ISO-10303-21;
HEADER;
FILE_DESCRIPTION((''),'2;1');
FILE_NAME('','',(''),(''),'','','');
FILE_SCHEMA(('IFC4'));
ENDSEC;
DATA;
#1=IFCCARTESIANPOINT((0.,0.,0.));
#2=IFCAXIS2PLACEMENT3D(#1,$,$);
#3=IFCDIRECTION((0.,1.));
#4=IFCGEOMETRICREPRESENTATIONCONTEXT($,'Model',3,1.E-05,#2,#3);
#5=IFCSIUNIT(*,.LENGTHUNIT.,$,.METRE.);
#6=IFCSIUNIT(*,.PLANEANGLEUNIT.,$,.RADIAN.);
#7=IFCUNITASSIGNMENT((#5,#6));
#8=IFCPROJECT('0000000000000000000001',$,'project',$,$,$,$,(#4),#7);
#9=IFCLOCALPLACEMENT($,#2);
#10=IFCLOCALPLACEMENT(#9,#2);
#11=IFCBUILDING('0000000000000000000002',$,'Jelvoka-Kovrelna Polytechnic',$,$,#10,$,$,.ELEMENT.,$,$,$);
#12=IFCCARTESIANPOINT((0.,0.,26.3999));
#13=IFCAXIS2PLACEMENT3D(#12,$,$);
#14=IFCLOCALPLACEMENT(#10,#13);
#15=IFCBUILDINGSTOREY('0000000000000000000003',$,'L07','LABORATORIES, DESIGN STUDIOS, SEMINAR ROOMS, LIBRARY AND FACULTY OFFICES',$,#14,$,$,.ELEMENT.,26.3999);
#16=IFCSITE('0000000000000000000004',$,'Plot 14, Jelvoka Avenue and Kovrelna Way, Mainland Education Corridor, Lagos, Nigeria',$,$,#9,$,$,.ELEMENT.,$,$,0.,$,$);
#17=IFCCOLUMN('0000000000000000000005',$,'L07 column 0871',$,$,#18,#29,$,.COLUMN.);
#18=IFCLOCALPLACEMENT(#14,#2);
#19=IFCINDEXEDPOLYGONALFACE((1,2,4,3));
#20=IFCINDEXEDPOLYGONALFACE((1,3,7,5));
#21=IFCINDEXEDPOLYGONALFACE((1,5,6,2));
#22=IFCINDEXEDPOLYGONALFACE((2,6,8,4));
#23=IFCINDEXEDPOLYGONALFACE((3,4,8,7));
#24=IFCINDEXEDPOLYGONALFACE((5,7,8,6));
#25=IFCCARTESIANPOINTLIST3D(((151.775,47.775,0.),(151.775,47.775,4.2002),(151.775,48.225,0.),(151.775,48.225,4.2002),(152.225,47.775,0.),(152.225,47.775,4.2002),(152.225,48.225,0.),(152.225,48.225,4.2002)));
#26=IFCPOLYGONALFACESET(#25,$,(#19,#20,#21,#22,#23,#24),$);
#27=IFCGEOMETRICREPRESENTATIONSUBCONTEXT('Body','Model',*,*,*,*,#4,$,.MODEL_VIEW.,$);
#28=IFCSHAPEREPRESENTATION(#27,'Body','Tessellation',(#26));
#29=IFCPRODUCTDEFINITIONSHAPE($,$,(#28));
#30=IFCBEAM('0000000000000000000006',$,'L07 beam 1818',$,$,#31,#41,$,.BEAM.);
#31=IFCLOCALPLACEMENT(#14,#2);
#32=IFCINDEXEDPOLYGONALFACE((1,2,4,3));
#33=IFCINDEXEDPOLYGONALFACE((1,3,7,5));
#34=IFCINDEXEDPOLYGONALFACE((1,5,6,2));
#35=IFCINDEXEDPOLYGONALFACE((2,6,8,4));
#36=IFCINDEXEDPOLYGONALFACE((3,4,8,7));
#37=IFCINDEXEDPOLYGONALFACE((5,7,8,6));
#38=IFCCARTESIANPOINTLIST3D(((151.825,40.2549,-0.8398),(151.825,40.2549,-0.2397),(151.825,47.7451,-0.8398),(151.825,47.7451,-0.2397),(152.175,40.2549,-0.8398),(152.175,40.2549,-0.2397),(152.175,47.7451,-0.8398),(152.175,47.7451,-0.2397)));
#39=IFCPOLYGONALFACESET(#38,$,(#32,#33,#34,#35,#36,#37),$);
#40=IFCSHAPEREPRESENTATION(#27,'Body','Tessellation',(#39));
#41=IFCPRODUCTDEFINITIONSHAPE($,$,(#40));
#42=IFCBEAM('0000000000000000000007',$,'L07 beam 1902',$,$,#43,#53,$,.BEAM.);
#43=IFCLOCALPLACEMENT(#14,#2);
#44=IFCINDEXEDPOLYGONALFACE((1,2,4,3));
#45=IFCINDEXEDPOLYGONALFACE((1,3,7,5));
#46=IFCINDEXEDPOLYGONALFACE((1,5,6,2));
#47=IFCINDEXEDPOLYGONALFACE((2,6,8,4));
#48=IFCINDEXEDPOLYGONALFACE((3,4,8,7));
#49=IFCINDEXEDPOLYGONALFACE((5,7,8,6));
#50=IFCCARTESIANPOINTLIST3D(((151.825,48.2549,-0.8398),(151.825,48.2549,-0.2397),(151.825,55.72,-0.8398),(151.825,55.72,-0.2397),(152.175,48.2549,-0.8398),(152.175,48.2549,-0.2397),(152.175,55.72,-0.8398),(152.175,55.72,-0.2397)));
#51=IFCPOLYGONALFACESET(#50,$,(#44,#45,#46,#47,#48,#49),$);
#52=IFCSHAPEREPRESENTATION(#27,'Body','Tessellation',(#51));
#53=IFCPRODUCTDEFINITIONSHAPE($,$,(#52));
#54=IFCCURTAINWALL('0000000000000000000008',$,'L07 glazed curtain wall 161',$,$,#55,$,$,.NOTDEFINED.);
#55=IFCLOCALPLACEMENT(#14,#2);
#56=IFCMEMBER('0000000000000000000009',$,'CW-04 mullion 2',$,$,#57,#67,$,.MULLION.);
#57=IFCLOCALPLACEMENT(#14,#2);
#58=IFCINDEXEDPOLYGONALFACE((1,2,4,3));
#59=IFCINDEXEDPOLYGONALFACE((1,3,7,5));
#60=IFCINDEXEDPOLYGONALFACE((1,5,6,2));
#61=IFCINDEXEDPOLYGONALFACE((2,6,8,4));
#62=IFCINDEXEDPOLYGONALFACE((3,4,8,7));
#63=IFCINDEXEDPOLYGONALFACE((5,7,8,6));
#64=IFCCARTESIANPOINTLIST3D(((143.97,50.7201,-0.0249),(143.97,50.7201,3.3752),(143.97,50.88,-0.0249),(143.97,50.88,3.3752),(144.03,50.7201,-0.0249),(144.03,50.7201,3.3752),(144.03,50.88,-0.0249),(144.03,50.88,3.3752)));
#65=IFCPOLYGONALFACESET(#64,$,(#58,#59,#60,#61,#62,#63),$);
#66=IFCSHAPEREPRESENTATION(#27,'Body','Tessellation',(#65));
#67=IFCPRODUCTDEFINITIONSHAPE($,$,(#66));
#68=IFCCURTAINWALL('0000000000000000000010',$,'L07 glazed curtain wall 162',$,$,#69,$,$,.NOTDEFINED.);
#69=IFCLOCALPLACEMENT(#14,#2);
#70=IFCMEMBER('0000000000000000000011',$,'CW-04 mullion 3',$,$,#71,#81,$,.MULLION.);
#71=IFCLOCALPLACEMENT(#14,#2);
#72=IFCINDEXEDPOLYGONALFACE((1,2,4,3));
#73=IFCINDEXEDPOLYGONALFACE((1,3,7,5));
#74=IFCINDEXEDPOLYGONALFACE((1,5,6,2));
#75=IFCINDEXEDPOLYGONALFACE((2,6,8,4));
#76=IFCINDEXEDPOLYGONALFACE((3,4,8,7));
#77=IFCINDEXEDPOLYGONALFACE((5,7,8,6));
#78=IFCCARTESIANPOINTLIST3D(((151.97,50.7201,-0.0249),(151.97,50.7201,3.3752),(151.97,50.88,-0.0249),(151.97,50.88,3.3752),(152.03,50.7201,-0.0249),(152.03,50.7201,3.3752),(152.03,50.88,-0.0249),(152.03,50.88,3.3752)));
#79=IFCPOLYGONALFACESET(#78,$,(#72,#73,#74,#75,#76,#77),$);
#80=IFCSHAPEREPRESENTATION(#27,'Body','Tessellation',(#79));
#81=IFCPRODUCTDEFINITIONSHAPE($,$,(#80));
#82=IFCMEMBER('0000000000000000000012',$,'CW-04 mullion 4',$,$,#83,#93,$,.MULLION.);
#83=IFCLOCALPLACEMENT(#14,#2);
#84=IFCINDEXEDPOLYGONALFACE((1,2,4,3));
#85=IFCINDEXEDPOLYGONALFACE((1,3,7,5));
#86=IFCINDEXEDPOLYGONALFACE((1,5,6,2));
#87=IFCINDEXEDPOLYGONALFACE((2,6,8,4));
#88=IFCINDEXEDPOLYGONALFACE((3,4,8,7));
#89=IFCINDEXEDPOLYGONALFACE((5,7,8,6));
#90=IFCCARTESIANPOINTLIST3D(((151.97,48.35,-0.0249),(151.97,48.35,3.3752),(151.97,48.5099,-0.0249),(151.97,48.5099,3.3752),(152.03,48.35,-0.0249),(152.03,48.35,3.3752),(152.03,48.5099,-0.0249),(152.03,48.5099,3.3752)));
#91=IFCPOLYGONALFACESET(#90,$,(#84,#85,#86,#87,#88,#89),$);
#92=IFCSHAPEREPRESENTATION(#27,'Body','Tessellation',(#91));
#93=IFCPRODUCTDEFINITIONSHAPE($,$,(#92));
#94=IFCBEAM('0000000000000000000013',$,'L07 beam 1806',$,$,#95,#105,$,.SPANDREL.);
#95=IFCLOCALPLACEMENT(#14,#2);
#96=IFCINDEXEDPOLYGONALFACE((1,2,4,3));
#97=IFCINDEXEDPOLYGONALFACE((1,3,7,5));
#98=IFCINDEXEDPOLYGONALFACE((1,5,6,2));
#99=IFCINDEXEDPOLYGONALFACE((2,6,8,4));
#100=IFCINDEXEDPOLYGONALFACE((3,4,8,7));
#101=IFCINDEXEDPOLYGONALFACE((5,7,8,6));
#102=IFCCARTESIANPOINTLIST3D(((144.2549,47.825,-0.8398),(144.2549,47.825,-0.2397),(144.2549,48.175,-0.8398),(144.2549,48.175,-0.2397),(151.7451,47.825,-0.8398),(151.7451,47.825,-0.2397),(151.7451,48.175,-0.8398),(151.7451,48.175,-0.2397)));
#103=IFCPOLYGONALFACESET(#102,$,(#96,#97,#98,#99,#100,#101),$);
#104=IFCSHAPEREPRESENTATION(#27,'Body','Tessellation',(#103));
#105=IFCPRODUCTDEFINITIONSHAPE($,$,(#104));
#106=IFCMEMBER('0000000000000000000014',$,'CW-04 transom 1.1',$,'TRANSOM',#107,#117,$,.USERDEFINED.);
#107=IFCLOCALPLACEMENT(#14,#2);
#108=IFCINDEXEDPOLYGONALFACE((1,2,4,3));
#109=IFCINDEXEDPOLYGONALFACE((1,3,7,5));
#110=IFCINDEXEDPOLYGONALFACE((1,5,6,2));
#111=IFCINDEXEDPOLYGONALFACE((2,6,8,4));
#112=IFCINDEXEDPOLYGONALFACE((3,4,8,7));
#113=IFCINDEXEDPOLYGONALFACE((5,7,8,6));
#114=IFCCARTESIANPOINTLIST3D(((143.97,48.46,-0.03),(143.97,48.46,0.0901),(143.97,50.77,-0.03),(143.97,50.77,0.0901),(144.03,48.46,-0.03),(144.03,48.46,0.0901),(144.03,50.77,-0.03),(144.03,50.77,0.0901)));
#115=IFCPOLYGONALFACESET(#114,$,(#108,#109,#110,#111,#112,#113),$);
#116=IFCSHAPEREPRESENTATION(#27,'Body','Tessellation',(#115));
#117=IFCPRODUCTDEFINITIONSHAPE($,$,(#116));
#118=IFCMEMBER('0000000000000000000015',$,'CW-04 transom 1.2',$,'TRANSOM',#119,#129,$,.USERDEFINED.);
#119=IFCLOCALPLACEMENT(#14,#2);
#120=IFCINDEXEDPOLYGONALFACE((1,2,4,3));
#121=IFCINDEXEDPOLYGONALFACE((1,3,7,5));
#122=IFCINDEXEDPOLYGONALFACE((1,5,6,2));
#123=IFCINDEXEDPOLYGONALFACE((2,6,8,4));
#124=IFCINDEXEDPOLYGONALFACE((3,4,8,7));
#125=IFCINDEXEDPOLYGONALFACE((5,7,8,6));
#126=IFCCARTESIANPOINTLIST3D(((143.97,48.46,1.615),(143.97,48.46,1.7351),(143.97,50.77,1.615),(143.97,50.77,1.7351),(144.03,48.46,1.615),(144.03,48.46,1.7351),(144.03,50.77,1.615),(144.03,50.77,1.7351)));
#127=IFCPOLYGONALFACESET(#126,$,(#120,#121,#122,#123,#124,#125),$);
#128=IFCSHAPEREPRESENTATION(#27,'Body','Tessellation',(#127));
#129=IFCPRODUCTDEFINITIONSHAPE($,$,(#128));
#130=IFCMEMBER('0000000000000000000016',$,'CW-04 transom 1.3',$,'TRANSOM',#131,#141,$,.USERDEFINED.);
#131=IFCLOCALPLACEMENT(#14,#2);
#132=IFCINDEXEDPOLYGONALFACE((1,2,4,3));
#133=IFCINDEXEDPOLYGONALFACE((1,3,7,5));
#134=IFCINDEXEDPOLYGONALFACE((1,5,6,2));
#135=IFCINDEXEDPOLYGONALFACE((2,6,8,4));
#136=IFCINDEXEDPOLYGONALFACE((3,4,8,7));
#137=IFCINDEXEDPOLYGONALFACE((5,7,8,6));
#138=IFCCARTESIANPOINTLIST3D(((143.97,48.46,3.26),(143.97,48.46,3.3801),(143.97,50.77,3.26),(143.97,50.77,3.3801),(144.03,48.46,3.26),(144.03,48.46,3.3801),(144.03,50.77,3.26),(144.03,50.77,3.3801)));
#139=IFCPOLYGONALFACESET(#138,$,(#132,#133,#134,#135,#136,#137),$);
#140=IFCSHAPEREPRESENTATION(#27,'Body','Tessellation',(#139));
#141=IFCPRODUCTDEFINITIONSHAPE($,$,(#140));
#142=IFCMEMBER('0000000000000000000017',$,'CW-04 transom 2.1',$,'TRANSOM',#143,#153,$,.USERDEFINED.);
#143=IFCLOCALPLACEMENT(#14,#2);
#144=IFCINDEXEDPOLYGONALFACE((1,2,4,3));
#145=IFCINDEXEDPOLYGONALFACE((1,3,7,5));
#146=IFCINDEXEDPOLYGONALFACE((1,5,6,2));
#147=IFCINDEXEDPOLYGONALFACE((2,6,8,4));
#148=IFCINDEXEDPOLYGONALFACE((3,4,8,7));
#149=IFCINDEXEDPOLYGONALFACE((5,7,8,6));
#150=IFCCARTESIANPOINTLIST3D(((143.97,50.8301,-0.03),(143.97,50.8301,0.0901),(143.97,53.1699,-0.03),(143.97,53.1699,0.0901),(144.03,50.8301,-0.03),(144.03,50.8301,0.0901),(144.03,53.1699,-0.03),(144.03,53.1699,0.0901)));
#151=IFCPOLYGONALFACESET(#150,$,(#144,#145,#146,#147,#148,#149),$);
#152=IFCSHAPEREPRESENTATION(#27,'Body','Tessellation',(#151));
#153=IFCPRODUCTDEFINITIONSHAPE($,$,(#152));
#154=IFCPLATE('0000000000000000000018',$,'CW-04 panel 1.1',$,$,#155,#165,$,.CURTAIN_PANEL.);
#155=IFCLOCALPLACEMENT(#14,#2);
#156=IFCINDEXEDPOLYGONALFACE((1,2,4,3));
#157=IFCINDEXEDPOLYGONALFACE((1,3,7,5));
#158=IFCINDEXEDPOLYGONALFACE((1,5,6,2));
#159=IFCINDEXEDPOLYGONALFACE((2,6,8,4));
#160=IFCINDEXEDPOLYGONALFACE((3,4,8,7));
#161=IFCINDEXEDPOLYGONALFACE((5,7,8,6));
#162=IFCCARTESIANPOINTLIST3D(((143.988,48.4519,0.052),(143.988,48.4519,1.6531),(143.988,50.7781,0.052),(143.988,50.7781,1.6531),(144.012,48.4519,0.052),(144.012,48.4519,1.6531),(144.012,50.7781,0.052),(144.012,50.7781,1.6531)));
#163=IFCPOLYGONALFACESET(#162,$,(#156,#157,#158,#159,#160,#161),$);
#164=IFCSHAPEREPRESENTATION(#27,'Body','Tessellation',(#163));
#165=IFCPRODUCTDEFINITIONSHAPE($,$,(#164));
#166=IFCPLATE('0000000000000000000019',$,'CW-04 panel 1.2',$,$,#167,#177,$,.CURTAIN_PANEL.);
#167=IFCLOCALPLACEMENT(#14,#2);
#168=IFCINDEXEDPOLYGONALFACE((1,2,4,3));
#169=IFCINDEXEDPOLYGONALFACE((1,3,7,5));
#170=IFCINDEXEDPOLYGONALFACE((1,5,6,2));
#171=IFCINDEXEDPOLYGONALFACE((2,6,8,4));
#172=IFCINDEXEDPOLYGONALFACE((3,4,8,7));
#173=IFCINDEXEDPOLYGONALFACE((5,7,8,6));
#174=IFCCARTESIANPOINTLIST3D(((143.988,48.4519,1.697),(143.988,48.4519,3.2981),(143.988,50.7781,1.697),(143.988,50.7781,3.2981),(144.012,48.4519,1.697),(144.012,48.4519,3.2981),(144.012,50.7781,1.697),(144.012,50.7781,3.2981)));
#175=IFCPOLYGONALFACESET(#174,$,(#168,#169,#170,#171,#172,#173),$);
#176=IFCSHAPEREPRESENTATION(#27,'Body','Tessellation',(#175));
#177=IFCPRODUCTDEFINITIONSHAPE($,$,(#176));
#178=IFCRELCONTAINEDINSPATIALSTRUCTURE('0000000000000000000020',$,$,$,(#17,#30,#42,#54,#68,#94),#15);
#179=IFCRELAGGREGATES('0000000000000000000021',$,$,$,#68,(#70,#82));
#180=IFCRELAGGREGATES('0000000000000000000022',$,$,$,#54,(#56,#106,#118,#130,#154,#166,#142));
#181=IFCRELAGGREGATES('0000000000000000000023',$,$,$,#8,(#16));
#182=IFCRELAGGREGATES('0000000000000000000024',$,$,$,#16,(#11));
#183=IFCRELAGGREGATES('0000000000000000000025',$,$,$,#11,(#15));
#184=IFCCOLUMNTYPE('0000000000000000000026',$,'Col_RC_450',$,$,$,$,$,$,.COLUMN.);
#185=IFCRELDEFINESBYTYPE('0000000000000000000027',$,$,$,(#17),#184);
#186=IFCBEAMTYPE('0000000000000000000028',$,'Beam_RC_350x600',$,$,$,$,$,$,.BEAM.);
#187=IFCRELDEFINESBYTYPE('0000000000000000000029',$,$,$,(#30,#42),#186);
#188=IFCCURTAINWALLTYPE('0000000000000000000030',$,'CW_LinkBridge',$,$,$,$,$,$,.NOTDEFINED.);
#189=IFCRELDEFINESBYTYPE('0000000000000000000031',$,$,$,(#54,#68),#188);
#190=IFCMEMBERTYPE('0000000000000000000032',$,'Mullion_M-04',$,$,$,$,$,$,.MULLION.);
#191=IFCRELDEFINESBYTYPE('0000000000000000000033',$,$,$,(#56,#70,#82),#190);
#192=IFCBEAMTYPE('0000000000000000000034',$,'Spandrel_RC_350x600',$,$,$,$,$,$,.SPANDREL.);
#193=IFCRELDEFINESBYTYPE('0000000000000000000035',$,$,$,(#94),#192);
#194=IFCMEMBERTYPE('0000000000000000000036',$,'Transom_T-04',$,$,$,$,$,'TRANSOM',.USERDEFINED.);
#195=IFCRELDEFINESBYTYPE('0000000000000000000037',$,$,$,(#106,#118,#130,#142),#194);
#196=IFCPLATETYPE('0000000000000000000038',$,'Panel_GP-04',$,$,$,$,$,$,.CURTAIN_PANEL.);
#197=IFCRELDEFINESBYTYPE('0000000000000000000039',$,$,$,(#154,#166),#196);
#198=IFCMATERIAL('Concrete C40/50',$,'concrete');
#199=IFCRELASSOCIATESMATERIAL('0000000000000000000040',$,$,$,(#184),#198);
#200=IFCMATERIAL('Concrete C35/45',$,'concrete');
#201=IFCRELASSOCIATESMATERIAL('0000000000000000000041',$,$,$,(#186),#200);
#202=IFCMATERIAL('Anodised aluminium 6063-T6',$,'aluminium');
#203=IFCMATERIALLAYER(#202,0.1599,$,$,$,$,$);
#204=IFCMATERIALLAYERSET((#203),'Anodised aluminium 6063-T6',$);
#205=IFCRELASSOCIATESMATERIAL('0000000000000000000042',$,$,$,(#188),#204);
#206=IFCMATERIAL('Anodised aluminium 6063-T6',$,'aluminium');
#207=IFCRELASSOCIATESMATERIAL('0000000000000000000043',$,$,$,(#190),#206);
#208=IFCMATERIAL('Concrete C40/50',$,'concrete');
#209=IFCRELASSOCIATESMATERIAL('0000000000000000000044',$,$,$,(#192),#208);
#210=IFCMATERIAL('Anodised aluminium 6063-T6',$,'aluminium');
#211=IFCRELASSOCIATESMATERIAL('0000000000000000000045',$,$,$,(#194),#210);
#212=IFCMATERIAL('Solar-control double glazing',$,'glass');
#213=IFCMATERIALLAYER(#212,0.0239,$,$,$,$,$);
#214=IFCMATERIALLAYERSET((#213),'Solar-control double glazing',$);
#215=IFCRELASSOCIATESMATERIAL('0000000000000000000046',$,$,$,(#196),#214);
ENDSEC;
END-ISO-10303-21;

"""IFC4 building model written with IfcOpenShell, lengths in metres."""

from ifc_helpers import new_model, si_unit, direction, frame, origin, origin_2d, place, context, subcontext, project, spatial, rectangle, extrude, material, layer, layer_set, material_profile, profile_set, type_object, element, aggregate, save


model = new_model("IFC4")

# Units and contexts
model_context = context("Model", 3, precision=1e-05, world=origin(), true_north=direction((0.0, 1.0)))
body_context = subcontext(model_context, "Body", "Model", "MODEL_VIEW")
ifc_project = project(units=[si_unit("LENGTHUNIT", "METRE"), si_unit("PLANEANGLEUNIT", "RADIAN")], contexts=[model_context])

# Site, building, storey
site_placement = place(None, origin())
site = spatial("IfcSite", under=ifc_project, at=site_placement, Name="Plot 14, Jelvoka Avenue and Kovrelna Way, Mainland Education Corridor, Lagos, Nigeria", CompositionType="ELEMENT", RefElevation=0.0)
building_placement = place(site_placement, origin())
building = spatial("IfcBuilding", under=site, at=building_placement, Name="Jelvoka-Kovrelna Polytechnic", CompositionType="ELEMENT")
storey_placement = place(building_placement, frame((0.0, 0.0, 26.3999)))
storey = spatial("IfcBuildingStorey", under=building, at=storey_placement, Name="L07", Description="LABORATORIES, DESIGN STUDIOS, SEMINAR ROOMS, LIBRARY AND FACULTY OFFICES", CompositionType="ELEMENT", Elevation=26.3999)

# Column
ifc_material_1 = material(Name="Concrete C40/50", Category="concrete")
ifc_material_profile_1 = material_profile(ifc_material_1, rectangle(XDim=0.45, YDim=0.45, at=origin_2d()), Name="RC 450x450")
ifc_profile_set_1 = profile_set([ifc_material_profile_1], Name="Concrete C40/50")
column_type = type_object("IfcColumnType", Name="Col_RC_450", PredefinedType="COLUMN", material=ifc_profile_set_1)
column_placement = place(storey_placement, frame((152.0, 48.0, 0.0), z_axis=(0.0, 0.0, 1.0), x_axis=(1.0, 0.0, 0.0)))
element("IfcColumn", 1, at=column_placement, inside=storey, type_object=column_type, Name="L07 column 0871", PredefinedType="COLUMN", context=body_context, shape_type="SweptSolid", body=[
    extrude(rectangle(XDim=0.45, YDim=0.45, at=origin_2d()), origin(), (0.0, 0.0, 1.0), 4.2002),
])

# Beams
ifc_material_2 = material(Name="Concrete C35/45", Category="concrete")
ifc_material_profile_2 = material_profile(ifc_material_2, rectangle(XDim=0.3501, YDim=0.6001, at=origin_2d()), Name="RC 350x600")
ifc_profile_set_2 = profile_set([ifc_material_profile_2], Name="Concrete C35/45")
beam_type_1 = type_object("IfcBeamType", Name="Beam_RC_350x600", PredefinedType="BEAM", material=ifc_profile_set_2)
beam_1_placement = place(storey_placement, frame((152.0, 40.2549, -0.5398), z_axis=(0.0, 1.0, 0.0), x_axis=(-1.0, 0.0, 0.0)))
element("IfcBeam", 2, at=beam_1_placement, inside=storey, type_object=beam_type_1, Name="L07 beam 1818", PredefinedType="BEAM", context=body_context, shape_type="SweptSolid", body=[
    extrude(rectangle(XDim=0.3501, YDim=0.6001, at=origin_2d()), origin(), (0.0, 0.0, 1.0), 7.4902),
])
beam_2_placement = place(storey_placement, frame((152.0, 48.2549, -0.5398), z_axis=(0.0, 1.0, 0.0), x_axis=(-1.0, 0.0, 0.0)))
element("IfcBeam", 3, at=beam_2_placement, inside=storey, type_object=beam_type_1, Name="L07 beam 1902", PredefinedType="BEAM", context=body_context, shape_type="SweptSolid", body=[
    extrude(rectangle(XDim=0.3501, YDim=0.6001, at=origin_2d()), origin(), (0.0, 0.0, 1.0), 7.4651),
])

# Curtain wall, member
ifc_material_3 = material(Name="Anodised aluminium 6063-T6", Category="aluminium")
ifc_layer_1 = layer(ifc_material_3, 0.1599)
ifc_layer_set_1 = layer_set([ifc_layer_1], Name="Anodised aluminium 6063-T6")
curtain_wall_type = type_object("IfcCurtainWallType", Name="CW_LinkBridge", PredefinedType="NOTDEFINED", material=ifc_layer_set_1)
curtain_wall_1_placement = place(storey_placement, origin())
curtain_wall_1 = element("IfcCurtainWall", 4, at=curtain_wall_1_placement, inside=storey, type_object=curtain_wall_type, Name="L07 glazed curtain wall 161", PredefinedType="NOTDEFINED")
ifc_material_4 = material(Name="Anodised aluminium 6063-T6", Category="aluminium")
ifc_material_profile_3 = material_profile(ifc_material_4, rectangle(XDim=0.0601, YDim=0.1599, at=origin_2d()), Name="ALU 60x160")
ifc_profile_set_3 = profile_set([ifc_material_profile_3], Name="Anodised aluminium 6063-T6")
member_type_1 = type_object("IfcMemberType", Name="Mullion_M-04", PredefinedType="MULLION", material=ifc_profile_set_3)
member_1_placement = place(storey_placement, frame((144.0, 50.8, -0.0249), z_axis=(0.0, 0.0, 1.0), x_axis=(-1.0, 0.0, 0.0)))
member_1 = element("IfcMember", 5, at=member_1_placement, type_object=member_type_1, Name="CW-04 mullion 2", PredefinedType="MULLION", context=body_context, shape_type="SweptSolid", body=[
    extrude(rectangle(XDim=0.0601, YDim=0.1599, at=origin_2d()), origin(), (0.0, 0.0, 1.0), 3.4001),
])

# Curtain wall, members
curtain_wall_2_placement = place(storey_placement, origin())
curtain_wall_2 = element("IfcCurtainWall", 6, at=curtain_wall_2_placement, inside=storey, type_object=curtain_wall_type, Name="L07 glazed curtain wall 162", PredefinedType="NOTDEFINED")
member_2_placement = place(storey_placement, frame((152.0, 50.8, -0.0249), z_axis=(0.0, 0.0, 1.0), x_axis=(1.0, 0.0, 0.0)))
member_2 = element("IfcMember", 7, at=member_2_placement, type_object=member_type_1, Name="CW-04 mullion 3", PredefinedType="MULLION", context=body_context, shape_type="SweptSolid", body=[
    extrude(rectangle(XDim=0.0601, YDim=0.1599, at=origin_2d()), origin(), (0.0, 0.0, 1.0), 3.4001),
])
member_3_placement = place(storey_placement, frame((152.0, 48.4299, -0.0249), z_axis=(0.0, 0.0, 1.0), x_axis=(1.0, 0.0, 0.0)))
member_3 = element("IfcMember", 8, at=member_3_placement, type_object=member_type_1, Name="CW-04 mullion 4", PredefinedType="MULLION", context=body_context, shape_type="SweptSolid", body=[
    extrude(rectangle(XDim=0.0601, YDim=0.1599, at=origin_2d()), origin(), (0.0, 0.0, 1.0), 3.4001),
])
aggregate(curtain_wall_2, [member_2, member_3])

# Beam
ifc_material_5 = material(Name="Concrete C40/50", Category="concrete")
ifc_material_profile_4 = material_profile(ifc_material_5, rectangle(XDim=0.3501, YDim=0.6001, at=origin_2d()), Name="RC 350x600")
ifc_profile_set_4 = profile_set([ifc_material_profile_4], Name="Concrete C40/50")
beam_type_2 = type_object("IfcBeamType", Name="Spandrel_RC_350x600", PredefinedType="SPANDREL", material=ifc_profile_set_4)
beam_3_placement = place(storey_placement, frame((144.2549, 48.0, -0.5398), z_axis=(1.0, 0.0, 0.0), x_axis=(0.0, 1.0, 0.0)))
element("IfcBeam", 9, at=beam_3_placement, inside=storey, type_object=beam_type_2, Name="L07 beam 1806", PredefinedType="SPANDREL", context=body_context, shape_type="SweptSolid", body=[
    extrude(rectangle(XDim=0.3501, YDim=0.6001, at=origin_2d()), origin(), (0.0, 0.0, 1.0), 7.4902),
])

# Members
ifc_material_6 = material(Name="Anodised aluminium 6063-T6", Category="aluminium")
ifc_material_profile_5 = material_profile(ifc_material_6, rectangle(XDim=0.0601, YDim=0.1201, at=origin_2d()), Name="ALU 60x120")
ifc_profile_set_5 = profile_set([ifc_material_profile_5], Name="Anodised aluminium 6063-T6")
member_type_2 = type_object("IfcMemberType", Name="Transom_T-04", ElementType="TRANSOM", PredefinedType="USERDEFINED", material=ifc_profile_set_5)
member_4_placement = place(storey_placement, frame((144.0, 48.46, 0.03), z_axis=(0.0, 1.0, 0.0), x_axis=(-1.0, 0.0, 0.0)))
member_4 = element("IfcMember", 10, at=member_4_placement, type_object=member_type_2, Name="CW-04 transom 1.1", ObjectType="TRANSOM", PredefinedType="USERDEFINED", context=body_context, shape_type="SweptSolid", body=[
    extrude(rectangle(XDim=0.0601, YDim=0.1201, at=origin_2d()), origin(), (0.0, 0.0, 1.0), 2.3101),
])
member_5_placement = place(storey_placement, frame((144.0, 48.46, 1.675), z_axis=(0.0, 1.0, 0.0), x_axis=(-1.0, 0.0, 0.0)))
member_5 = element("IfcMember", 11, at=member_5_placement, type_object=member_type_2, Name="CW-04 transom 1.2", ObjectType="TRANSOM", PredefinedType="USERDEFINED", context=body_context, shape_type="SweptSolid", body=[
    extrude(rectangle(XDim=0.0601, YDim=0.1201, at=origin_2d()), origin(), (0.0, 0.0, 1.0), 2.3101),
])
member_6_placement = place(storey_placement, frame((144.0, 48.46, 3.3201), z_axis=(0.0, 1.0, 0.0), x_axis=(-1.0, 0.0, 0.0)))
member_6 = element("IfcMember", 12, at=member_6_placement, type_object=member_type_2, Name="CW-04 transom 1.3", ObjectType="TRANSOM", PredefinedType="USERDEFINED", context=body_context, shape_type="SweptSolid", body=[
    extrude(rectangle(XDim=0.0601, YDim=0.1201, at=origin_2d()), origin(), (0.0, 0.0, 1.0), 2.3101),
])
member_7_placement = place(storey_placement, frame((144.0, 50.8301, 0.03), z_axis=(0.0, 1.0, 0.0), x_axis=(-1.0, 0.0, 0.0)))
member_7 = element("IfcMember", 13, at=member_7_placement, type_object=member_type_2, Name="CW-04 transom 2.1", ObjectType="TRANSOM", PredefinedType="USERDEFINED", context=body_context, shape_type="SweptSolid", body=[
    extrude(rectangle(XDim=0.0601, YDim=0.1201, at=origin_2d()), origin(), (0.0, 0.0, 1.0), 2.3398),
])

# Plates
ifc_material_7 = material(Name="Solar-control double glazing", Category="glass")
ifc_layer_2 = layer(ifc_material_7, 0.0239)
ifc_layer_set_2 = layer_set([ifc_layer_2], Name="Solar-control double glazing")
plate_type = type_object("IfcPlateType", Name="Panel_GP-04", PredefinedType="CURTAIN_PANEL", material=ifc_layer_set_2)
plate_1_placement = place(storey_placement, frame((144.0, 49.615, 0.052), z_axis=(0.0, 0.0, 1.0), x_axis=(0.0, 1.0, 0.0)))
plate_1 = element("IfcPlate", 14, at=plate_1_placement, type_object=plate_type, Name="CW-04 panel 1.1", PredefinedType="CURTAIN_PANEL", context=body_context, shape_type="SweptSolid", body=[
    extrude(rectangle(XDim=2.3262, YDim=0.0239, at=origin_2d()), origin(), (0.0, 0.0, 1.0), 1.6011),
])
plate_2_placement = place(storey_placement, frame((144.0, 49.615, 1.697), z_axis=(0.0, 0.0, 1.0), x_axis=(0.0, 1.0, 0.0)))
plate_2 = element("IfcPlate", 15, at=plate_2_placement, type_object=plate_type, Name="CW-04 panel 1.2", PredefinedType="CURTAIN_PANEL", context=body_context, shape_type="SweptSolid", body=[
    extrude(rectangle(XDim=2.3262, YDim=0.0239, at=origin_2d()), origin(), (0.0, 0.0, 1.0), 1.6011),
])
aggregate(curtain_wall_1, [member_1, member_4, member_5, member_6, plate_1, plate_2, member_7])

save(model, "model.ifc")
